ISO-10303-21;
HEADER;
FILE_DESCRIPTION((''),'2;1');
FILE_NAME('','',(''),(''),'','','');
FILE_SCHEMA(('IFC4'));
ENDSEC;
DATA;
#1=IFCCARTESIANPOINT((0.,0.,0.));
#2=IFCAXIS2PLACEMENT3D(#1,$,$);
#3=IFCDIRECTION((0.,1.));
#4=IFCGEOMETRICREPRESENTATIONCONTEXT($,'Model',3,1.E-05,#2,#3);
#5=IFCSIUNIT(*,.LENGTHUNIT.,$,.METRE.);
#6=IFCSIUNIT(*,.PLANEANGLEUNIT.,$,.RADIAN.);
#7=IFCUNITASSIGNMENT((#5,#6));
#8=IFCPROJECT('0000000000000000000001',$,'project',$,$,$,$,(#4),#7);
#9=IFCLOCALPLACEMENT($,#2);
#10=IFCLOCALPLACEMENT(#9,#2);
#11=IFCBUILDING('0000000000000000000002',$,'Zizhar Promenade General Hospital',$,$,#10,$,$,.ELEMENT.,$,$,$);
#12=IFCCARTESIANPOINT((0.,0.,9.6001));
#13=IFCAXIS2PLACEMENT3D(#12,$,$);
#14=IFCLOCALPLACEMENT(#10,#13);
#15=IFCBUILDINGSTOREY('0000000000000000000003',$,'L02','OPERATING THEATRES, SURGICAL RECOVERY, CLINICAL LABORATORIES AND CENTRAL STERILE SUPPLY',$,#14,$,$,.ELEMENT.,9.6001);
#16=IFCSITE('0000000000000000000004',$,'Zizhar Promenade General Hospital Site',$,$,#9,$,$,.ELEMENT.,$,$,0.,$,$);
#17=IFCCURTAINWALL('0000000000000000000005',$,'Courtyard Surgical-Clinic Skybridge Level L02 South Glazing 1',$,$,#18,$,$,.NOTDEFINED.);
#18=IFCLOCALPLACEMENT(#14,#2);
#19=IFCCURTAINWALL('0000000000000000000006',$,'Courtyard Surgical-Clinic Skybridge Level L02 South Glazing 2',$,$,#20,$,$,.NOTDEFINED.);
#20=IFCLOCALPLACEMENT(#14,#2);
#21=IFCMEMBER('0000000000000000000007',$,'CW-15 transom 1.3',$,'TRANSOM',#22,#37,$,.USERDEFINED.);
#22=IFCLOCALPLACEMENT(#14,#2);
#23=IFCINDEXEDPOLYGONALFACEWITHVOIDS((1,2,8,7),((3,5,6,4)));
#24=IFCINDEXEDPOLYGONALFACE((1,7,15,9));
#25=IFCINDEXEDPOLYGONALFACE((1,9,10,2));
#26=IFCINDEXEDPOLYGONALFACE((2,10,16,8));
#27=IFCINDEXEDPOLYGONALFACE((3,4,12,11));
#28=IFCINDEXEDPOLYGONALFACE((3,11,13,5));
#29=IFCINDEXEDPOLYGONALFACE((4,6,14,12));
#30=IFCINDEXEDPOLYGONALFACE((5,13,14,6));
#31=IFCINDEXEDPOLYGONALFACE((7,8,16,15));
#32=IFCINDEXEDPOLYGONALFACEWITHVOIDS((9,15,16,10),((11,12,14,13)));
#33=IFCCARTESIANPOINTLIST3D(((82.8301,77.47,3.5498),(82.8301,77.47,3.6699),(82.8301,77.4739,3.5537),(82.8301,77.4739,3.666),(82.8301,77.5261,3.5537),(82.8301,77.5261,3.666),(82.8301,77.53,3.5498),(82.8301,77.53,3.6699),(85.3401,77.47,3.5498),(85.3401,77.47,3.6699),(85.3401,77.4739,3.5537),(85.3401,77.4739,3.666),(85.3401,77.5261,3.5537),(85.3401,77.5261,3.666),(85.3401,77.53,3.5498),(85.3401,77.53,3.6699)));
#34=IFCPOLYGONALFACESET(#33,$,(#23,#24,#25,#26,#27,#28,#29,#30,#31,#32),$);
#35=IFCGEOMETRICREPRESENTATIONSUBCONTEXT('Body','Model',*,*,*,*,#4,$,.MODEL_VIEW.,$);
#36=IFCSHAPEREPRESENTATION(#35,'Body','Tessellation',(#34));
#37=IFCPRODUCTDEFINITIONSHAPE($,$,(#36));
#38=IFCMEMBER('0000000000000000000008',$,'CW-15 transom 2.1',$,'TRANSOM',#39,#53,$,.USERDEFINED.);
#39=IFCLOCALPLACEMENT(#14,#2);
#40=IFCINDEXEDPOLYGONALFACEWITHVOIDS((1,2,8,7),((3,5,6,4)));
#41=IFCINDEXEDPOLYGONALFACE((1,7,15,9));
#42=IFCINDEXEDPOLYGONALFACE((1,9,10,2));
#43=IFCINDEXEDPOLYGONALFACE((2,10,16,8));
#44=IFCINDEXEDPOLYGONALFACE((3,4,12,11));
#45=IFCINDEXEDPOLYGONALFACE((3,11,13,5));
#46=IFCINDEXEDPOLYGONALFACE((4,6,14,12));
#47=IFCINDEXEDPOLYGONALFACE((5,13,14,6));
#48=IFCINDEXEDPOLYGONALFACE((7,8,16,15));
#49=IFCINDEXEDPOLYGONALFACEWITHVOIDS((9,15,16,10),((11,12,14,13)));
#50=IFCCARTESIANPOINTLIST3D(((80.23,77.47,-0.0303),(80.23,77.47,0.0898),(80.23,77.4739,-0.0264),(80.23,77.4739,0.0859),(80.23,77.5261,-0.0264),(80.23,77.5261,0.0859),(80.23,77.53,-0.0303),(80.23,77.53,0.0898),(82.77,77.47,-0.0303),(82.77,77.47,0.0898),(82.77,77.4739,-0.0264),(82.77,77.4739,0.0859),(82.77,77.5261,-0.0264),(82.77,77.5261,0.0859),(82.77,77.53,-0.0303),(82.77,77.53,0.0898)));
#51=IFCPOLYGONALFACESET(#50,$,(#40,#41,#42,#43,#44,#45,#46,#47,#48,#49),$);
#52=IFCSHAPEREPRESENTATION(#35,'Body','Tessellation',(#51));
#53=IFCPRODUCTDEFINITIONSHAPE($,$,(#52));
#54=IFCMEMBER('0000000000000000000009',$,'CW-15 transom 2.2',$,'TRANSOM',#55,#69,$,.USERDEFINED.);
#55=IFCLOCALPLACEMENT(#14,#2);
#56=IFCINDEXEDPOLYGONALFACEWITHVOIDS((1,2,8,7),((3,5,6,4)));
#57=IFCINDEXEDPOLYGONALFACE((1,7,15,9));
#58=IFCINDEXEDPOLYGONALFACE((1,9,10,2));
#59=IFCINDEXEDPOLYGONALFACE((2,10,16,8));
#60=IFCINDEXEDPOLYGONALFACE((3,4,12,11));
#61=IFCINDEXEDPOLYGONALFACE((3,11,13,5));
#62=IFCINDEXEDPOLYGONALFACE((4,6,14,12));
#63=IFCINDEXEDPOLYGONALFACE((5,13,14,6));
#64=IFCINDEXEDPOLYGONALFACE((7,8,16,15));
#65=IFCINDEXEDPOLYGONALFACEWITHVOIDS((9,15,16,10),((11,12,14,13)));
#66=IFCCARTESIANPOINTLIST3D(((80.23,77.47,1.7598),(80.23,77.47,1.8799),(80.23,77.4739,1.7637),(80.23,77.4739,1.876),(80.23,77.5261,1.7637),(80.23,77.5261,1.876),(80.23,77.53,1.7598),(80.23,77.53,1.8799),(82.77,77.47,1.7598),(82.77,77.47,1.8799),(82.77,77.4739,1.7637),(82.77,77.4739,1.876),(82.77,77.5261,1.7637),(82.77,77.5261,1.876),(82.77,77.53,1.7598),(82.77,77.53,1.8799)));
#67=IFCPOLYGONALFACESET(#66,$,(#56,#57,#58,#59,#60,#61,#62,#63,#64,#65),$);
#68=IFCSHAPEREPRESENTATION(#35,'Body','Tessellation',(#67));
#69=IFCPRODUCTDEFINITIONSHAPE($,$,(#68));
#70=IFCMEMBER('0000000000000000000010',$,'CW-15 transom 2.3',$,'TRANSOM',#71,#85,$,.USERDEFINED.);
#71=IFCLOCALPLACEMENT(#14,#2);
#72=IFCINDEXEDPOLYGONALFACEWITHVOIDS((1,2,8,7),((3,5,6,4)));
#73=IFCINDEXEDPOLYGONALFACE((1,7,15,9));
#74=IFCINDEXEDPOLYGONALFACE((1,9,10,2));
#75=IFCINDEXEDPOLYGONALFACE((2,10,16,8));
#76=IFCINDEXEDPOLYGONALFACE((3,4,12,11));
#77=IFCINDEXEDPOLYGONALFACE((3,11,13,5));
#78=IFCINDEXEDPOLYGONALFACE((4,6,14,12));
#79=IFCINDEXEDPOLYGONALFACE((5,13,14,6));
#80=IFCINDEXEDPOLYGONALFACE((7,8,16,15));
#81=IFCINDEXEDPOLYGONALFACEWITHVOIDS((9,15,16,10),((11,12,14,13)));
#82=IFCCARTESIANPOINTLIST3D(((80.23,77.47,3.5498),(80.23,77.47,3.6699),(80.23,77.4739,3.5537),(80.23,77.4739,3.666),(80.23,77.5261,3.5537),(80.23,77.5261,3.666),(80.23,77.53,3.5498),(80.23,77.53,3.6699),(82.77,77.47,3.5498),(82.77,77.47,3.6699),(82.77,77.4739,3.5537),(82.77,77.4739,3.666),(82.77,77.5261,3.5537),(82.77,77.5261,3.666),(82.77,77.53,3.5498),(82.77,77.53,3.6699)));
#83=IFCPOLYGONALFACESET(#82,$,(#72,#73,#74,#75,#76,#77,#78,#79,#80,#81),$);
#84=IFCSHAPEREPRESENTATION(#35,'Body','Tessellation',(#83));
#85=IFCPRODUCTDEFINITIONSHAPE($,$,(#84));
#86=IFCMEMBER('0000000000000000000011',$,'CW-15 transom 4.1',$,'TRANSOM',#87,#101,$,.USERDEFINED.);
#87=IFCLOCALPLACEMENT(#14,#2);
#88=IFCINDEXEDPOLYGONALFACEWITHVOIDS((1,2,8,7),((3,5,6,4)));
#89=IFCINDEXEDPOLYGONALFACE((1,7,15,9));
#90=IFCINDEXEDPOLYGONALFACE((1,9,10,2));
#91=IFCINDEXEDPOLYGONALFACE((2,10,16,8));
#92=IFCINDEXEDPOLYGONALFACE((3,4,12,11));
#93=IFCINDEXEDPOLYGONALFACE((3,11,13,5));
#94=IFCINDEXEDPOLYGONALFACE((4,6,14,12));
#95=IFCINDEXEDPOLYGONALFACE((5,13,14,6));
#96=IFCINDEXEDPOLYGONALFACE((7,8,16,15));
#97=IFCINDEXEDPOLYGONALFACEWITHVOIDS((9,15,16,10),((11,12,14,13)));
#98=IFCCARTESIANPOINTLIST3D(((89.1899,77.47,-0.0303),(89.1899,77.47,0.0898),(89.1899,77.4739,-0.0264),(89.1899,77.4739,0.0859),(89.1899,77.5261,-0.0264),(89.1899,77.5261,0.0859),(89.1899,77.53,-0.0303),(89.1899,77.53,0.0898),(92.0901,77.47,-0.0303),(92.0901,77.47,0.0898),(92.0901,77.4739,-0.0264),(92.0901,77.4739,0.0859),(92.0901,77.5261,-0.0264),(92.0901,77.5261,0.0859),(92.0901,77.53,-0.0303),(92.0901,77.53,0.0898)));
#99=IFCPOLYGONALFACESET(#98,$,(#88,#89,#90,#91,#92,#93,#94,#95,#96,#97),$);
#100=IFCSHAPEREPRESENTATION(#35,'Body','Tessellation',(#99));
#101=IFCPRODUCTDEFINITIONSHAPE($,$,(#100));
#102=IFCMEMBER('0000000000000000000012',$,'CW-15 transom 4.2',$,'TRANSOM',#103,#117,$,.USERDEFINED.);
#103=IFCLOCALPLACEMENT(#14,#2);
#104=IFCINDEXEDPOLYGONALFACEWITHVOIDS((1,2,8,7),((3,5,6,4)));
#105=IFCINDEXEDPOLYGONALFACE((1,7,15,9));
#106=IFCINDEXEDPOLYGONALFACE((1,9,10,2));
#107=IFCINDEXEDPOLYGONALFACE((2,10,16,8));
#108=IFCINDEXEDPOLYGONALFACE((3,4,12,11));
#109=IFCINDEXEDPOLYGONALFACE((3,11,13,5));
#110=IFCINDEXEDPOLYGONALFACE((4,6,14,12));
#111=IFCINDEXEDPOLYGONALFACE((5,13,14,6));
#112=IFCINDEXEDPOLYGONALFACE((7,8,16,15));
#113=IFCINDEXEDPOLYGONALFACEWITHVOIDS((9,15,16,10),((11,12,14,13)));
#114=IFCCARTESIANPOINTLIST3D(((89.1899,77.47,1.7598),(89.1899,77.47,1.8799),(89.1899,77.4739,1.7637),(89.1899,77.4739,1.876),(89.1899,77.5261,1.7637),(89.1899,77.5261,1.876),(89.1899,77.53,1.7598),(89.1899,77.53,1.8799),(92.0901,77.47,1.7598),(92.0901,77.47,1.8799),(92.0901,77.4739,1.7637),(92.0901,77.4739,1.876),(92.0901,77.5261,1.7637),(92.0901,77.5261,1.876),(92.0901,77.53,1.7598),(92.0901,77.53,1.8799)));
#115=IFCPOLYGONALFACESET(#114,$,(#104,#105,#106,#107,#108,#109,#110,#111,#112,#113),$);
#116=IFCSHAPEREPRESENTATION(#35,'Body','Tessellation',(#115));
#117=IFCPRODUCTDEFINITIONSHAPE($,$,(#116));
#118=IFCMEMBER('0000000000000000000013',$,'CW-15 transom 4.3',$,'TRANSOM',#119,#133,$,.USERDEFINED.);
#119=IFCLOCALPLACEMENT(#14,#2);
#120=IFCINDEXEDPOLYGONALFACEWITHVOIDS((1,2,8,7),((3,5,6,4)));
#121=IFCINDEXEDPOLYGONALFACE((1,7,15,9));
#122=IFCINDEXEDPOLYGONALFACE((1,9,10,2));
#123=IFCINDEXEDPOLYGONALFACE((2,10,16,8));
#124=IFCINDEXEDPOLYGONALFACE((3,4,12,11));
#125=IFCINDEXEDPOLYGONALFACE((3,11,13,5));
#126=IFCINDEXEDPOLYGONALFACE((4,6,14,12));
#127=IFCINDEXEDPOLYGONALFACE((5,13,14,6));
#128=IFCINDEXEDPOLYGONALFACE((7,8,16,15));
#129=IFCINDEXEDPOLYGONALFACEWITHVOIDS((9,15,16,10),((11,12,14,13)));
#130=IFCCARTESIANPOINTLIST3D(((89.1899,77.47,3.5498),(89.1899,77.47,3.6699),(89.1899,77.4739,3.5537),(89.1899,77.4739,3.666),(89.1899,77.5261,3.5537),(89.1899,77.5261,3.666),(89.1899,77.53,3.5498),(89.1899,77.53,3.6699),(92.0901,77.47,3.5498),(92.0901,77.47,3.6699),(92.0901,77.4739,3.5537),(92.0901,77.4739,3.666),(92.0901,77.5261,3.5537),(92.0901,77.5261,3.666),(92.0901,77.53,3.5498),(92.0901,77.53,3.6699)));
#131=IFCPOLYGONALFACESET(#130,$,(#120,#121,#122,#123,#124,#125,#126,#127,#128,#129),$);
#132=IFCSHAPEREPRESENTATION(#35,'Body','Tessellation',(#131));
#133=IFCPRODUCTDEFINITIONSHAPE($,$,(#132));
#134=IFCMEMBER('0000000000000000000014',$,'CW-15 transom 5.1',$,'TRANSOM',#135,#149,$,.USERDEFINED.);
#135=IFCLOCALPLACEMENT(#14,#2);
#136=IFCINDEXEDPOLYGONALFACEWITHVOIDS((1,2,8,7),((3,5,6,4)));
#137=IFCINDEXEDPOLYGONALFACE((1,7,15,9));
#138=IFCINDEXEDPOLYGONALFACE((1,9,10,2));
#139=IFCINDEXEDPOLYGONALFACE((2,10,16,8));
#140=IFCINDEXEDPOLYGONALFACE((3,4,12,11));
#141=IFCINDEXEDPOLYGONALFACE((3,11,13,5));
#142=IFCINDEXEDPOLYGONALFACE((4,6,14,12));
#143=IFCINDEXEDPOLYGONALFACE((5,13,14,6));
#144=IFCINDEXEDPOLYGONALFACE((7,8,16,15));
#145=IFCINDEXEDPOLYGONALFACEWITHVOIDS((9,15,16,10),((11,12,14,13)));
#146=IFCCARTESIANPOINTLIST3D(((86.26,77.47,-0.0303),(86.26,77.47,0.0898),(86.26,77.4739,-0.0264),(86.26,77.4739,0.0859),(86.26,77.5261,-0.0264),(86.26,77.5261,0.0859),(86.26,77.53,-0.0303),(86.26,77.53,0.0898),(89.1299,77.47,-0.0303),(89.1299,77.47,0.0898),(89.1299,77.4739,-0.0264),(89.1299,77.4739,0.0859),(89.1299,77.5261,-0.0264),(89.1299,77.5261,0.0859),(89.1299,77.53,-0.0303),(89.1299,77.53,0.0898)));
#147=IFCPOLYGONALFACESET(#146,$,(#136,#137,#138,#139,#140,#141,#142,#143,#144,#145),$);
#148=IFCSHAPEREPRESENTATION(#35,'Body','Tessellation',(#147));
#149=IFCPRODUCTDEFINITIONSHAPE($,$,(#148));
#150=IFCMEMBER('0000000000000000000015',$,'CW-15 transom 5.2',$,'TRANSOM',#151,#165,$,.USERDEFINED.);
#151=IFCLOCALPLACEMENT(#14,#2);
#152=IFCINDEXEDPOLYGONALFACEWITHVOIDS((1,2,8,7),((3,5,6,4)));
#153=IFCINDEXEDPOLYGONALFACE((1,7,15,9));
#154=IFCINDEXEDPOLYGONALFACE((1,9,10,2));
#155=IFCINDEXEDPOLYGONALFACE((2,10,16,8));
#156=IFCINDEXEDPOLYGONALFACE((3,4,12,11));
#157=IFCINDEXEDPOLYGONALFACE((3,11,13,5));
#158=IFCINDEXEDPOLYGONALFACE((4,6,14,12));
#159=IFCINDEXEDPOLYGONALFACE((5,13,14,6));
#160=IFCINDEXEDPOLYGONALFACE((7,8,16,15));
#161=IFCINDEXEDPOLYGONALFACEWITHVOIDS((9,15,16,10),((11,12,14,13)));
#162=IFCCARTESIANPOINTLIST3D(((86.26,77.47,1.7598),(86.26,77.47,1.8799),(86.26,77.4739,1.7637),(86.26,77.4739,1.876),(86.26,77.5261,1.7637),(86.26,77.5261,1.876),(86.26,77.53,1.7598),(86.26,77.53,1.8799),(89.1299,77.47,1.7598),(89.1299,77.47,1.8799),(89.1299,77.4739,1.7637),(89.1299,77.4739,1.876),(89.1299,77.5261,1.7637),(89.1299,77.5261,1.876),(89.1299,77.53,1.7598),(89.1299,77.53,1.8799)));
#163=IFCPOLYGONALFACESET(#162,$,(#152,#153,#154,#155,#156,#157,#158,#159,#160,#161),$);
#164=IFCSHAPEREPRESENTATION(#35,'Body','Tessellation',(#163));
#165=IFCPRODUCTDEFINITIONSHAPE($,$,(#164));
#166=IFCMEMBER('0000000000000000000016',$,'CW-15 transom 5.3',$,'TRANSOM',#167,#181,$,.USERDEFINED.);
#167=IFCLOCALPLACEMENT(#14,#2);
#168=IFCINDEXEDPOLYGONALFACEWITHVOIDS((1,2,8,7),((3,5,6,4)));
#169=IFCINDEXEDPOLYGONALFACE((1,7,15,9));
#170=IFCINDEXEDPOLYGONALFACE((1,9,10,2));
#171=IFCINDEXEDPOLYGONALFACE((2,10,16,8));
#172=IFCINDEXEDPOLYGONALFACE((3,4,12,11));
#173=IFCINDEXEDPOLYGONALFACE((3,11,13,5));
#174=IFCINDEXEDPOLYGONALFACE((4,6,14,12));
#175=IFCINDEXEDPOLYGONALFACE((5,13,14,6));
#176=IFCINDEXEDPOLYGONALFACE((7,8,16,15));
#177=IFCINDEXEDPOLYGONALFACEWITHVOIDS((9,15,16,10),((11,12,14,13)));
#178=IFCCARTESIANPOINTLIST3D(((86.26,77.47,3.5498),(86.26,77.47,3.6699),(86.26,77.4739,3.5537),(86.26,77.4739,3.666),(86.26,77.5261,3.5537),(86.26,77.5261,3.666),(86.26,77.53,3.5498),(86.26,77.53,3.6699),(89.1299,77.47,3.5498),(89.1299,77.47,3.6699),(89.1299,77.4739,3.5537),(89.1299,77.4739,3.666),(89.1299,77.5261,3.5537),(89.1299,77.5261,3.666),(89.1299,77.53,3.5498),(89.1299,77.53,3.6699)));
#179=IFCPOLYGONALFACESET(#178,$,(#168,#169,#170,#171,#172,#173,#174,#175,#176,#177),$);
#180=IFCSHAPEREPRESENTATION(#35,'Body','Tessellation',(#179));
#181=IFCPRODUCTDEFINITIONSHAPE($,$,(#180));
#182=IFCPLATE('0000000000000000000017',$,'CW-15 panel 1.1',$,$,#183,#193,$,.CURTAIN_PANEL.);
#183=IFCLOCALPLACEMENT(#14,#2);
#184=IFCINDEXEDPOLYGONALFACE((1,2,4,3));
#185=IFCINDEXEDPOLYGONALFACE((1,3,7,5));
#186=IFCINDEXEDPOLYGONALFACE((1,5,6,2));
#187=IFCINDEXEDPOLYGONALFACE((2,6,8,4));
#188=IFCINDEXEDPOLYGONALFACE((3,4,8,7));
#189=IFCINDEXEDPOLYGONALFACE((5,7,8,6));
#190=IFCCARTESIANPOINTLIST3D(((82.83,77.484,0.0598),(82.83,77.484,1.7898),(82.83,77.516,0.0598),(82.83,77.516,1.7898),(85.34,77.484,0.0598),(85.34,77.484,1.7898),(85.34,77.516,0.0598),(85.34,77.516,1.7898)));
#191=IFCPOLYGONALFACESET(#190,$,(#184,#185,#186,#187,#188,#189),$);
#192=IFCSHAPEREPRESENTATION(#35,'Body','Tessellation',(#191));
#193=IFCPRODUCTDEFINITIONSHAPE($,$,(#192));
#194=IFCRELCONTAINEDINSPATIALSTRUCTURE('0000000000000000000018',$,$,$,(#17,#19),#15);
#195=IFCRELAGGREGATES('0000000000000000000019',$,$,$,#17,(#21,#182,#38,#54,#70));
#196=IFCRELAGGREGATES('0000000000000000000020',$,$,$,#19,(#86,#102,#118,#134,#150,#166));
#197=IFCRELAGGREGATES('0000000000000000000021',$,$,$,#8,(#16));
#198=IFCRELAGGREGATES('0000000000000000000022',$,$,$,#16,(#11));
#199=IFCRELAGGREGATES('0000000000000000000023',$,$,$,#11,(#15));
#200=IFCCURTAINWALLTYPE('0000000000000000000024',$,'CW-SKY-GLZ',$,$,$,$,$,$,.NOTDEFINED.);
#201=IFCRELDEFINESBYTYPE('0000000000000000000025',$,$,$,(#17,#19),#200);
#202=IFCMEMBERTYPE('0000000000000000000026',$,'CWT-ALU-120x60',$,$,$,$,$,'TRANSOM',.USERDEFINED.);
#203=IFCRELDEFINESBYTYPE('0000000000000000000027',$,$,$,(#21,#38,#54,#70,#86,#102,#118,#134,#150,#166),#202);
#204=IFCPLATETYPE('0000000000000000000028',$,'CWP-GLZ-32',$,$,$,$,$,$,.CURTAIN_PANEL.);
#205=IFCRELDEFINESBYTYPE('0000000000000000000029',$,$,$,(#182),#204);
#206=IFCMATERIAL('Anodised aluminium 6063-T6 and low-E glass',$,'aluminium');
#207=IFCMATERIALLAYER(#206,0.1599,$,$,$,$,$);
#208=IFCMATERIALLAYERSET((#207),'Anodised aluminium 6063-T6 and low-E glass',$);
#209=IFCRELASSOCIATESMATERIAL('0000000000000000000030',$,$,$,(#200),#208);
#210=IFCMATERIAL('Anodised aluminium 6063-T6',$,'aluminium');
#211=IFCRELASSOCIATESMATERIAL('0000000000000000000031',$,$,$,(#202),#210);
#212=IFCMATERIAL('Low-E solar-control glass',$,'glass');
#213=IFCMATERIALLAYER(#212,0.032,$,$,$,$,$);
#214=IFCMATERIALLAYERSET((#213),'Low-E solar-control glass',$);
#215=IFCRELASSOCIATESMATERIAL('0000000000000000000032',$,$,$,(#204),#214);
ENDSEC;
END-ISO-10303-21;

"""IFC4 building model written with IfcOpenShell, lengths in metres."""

from ifc_helpers import new_model, si_unit, direction, frame, origin, origin_2d, place, context, subcontext, project, spatial, rectangle, hollow_rectangle, extrude, material, layer, layer_set, material_profile, profile_set, type_object, element, aggregate, save


model = new_model("IFC4")

# Units and contexts
model_context = context("Model", 3, precision=1e-05, world=origin(), true_north=direction((0.0, 1.0)))
body_context = subcontext(model_context, "Body", "Model", "MODEL_VIEW")
ifc_project = project(units=[si_unit("LENGTHUNIT", "METRE"), si_unit("PLANEANGLEUNIT", "RADIAN")], contexts=[model_context])

# Site, building, storey
site_placement = place(None, origin())
site = spatial("IfcSite", under=ifc_project, at=site_placement, Name="Zizhar Promenade General Hospital Site", CompositionType="ELEMENT", RefElevation=0.0)
building_placement = place(site_placement, origin())
building = spatial("IfcBuilding", under=site, at=building_placement, Name="Zizhar Promenade General Hospital", CompositionType="ELEMENT")
storey_placement = place(building_placement, frame((0.0, 0.0, 9.6001)))
storey = spatial("IfcBuildingStorey", under=building, at=storey_placement, Name="L02", Description="OPERATING THEATRES, SURGICAL RECOVERY, CLINICAL LABORATORIES AND CENTRAL STERILE SUPPLY", CompositionType="ELEMENT", Elevation=9.6001)

# Curtain walls
ifc_material_1 = material(Name="Anodised aluminium 6063-T6 and low-E glass", Category="aluminium")
ifc_layer_1 = layer(ifc_material_1, 0.1599)
ifc_layer_set_1 = layer_set([ifc_layer_1], Name="Anodised aluminium 6063-T6 and low-E glass")
curtain_wall_type = type_object("IfcCurtainWallType", Name="CW-SKY-GLZ", PredefinedType="NOTDEFINED", material=ifc_layer_set_1)
curtain_wall_1_placement = place(storey_placement, origin())
curtain_wall_1 = element("IfcCurtainWall", 1, at=curtain_wall_1_placement, inside=storey, type_object=curtain_wall_type, Name="Courtyard Surgical-Clinic Skybridge Level L02 South Glazing 1", PredefinedType="NOTDEFINED")
curtain_wall_2_placement = place(storey_placement, origin())
curtain_wall_2 = element("IfcCurtainWall", 2, at=curtain_wall_2_placement, inside=storey, type_object=curtain_wall_type, Name="Courtyard Surgical-Clinic Skybridge Level L02 South Glazing 2", PredefinedType="NOTDEFINED")

# Members
ifc_material_2 = material(Name="Anodised aluminium 6063-T6", Category="aluminium")
ifc_material_profile_1 = material_profile(ifc_material_2, hollow_rectangle(XDim=0.0601, YDim=0.1201, WallThickness=0.0039, at=origin_2d()))
ifc_profile_set_1 = profile_set([ifc_material_profile_1], Name="Anodised aluminium 6063-T6")
member_type_1 = type_object("IfcMemberType", Name="CWT-ALU-120x60", ElementType="TRANSOM", PredefinedType="USERDEFINED", material=ifc_profile_set_1)
member_1_placement = place(storey_placement, frame((85.3401, 77.5, 3.6099), z_axis=(-1.0, 0.0, 0.0), x_axis=(0.0, -1.0, 0.0)))
member_1 = element("IfcMember", 3, at=member_1_placement, type_object=member_type_1, Name="CW-15 transom 1.3", ObjectType="TRANSOM", PredefinedType="USERDEFINED", context=body_context, shape_type="SweptSolid", body=[
    extrude(hollow_rectangle(XDim=0.0601, YDim=0.1201, WallThickness=0.0039, at=origin_2d()), origin(), (0.0, 0.0, 1.0), 2.51),
])
member_2_placement = place(storey_placement, frame((82.77, 77.5, 0.0298), z_axis=(-1.0, 0.0, 0.0), x_axis=(0.0, -1.0, 0.0)))
member_2 = element("IfcMember", 4, at=member_2_placement, type_object=member_type_1, Name="CW-15 transom 2.1", ObjectType="TRANSOM", PredefinedType="USERDEFINED", context=body_context, shape_type="SweptSolid", body=[
    extrude(hollow_rectangle(XDim=0.0601, YDim=0.1201, WallThickness=0.0039, at=origin_2d()), origin(), (0.0, 0.0, 1.0), 2.54),
])
member_3_placement = place(storey_placement, frame((82.77, 77.5, 1.8198), z_axis=(-1.0, 0.0, 0.0), x_axis=(0.0, -1.0, 0.0)))
member_3 = element("IfcMember", 5, at=member_3_placement, type_object=member_type_1, Name="CW-15 transom 2.2", ObjectType="TRANSOM", PredefinedType="USERDEFINED", context=body_context, shape_type="SweptSolid", body=[
    extrude(hollow_rectangle(XDim=0.0601, YDim=0.1201, WallThickness=0.0039, at=origin_2d()), origin(), (0.0, 0.0, 1.0), 2.54),
])
member_4_placement = place(storey_placement, frame((82.77, 77.5, 3.6099), z_axis=(-1.0, 0.0, 0.0), x_axis=(0.0, -1.0, 0.0)))
member_4 = element("IfcMember", 6, at=member_4_placement, type_object=member_type_1, Name="CW-15 transom 2.3", ObjectType="TRANSOM", PredefinedType="USERDEFINED", context=body_context, shape_type="SweptSolid", body=[
    extrude(hollow_rectangle(XDim=0.0601, YDim=0.1201, WallThickness=0.0039, at=origin_2d()), origin(), (0.0, 0.0, 1.0), 2.54),
])
member_5_placement = place(storey_placement, frame((92.0901, 77.5, 0.0298), z_axis=(-1.0, 0.0, 0.0), x_axis=(0.0, -1.0, 0.0)))
member_5 = element("IfcMember", 7, at=member_5_placement, type_object=member_type_1, Name="CW-15 transom 4.1", ObjectType="TRANSOM", PredefinedType="USERDEFINED", context=body_context, shape_type="SweptSolid", body=[
    extrude(hollow_rectangle(XDim=0.0601, YDim=0.1201, WallThickness=0.0039, at=origin_2d()), origin(), (0.0, 0.0, 1.0), 2.9001),
])
member_6_placement = place(storey_placement, frame((92.0901, 77.5, 1.8198), z_axis=(-1.0, 0.0, 0.0), x_axis=(0.0, -1.0, 0.0)))
member_6 = element("IfcMember", 8, at=member_6_placement, type_object=member_type_1, Name="CW-15 transom 4.2", ObjectType="TRANSOM", PredefinedType="USERDEFINED", context=body_context, shape_type="SweptSolid", body=[
    extrude(hollow_rectangle(XDim=0.0601, YDim=0.1201, WallThickness=0.0039, at=origin_2d()), origin(), (0.0, 0.0, 1.0), 2.9001),
])
member_7_placement = place(storey_placement, frame((92.0901, 77.5, 3.6099), z_axis=(-1.0, 0.0, 0.0), x_axis=(0.0, -1.0, 0.0)))
member_7 = element("IfcMember", 9, at=member_7_placement, type_object=member_type_1, Name="CW-15 transom 4.3", ObjectType="TRANSOM", PredefinedType="USERDEFINED", context=body_context, shape_type="SweptSolid", body=[
    extrude(hollow_rectangle(XDim=0.0601, YDim=0.1201, WallThickness=0.0039, at=origin_2d()), origin(), (0.0, 0.0, 1.0), 2.9001),
])
member_8_placement = place(storey_placement, frame((89.1299, 77.5, 0.0298), z_axis=(-1.0, 0.0, 0.0), x_axis=(0.0, -1.0, 0.0)))
member_8 = element("IfcMember", 10, at=member_8_placement, type_object=member_type_1, Name="CW-15 transom 5.1", ObjectType="TRANSOM", PredefinedType="USERDEFINED", context=body_context, shape_type="SweptSolid", body=[
    extrude(hollow_rectangle(XDim=0.0601, YDim=0.1201, WallThickness=0.0039, at=origin_2d()), origin(), (0.0, 0.0, 1.0), 2.8699),
])
member_9_placement = place(storey_placement, frame((89.1299, 77.5, 1.8198), z_axis=(-1.0, 0.0, 0.0), x_axis=(0.0, -1.0, 0.0)))
member_9 = element("IfcMember", 11, at=member_9_placement, type_object=member_type_1, Name="CW-15 transom 5.2", ObjectType="TRANSOM", PredefinedType="USERDEFINED", context=body_context, shape_type="SweptSolid", body=[
    extrude(hollow_rectangle(XDim=0.0601, YDim=0.1201, WallThickness=0.0039, at=origin_2d()), origin(), (0.0, 0.0, 1.0), 2.8699),
])
member_10_placement = place(storey_placement, frame((89.1299, 77.5, 3.6099), z_axis=(-1.0, 0.0, 0.0), x_axis=(0.0, -1.0, 0.0)))
member_10 = element("IfcMember", 12, at=member_10_placement, type_object=member_type_1, Name="CW-15 transom 5.3", ObjectType="TRANSOM", PredefinedType="USERDEFINED", context=body_context, shape_type="SweptSolid", body=[
    extrude(hollow_rectangle(XDim=0.0601, YDim=0.1201, WallThickness=0.0039, at=origin_2d()), origin(), (0.0, 0.0, 1.0), 2.8699),
])

# Plate
ifc_material_3 = material(Name="Low-E solar-control glass", Category="glass")
ifc_layer_2 = layer(ifc_material_3, 0.032)
ifc_layer_set_2 = layer_set([ifc_layer_2], Name="Low-E solar-control glass")
plate_type = type_object("IfcPlateType", Name="CWP-GLZ-32", PredefinedType="CURTAIN_PANEL", material=ifc_layer_set_2)
plate_1_placement = place(storey_placement, frame((84.085, 77.5, 0.0598), z_axis=(0.0, 0.0, 1.0), x_axis=(-1.0, 0.0, 0.0)))
plate_1 = element("IfcPlate", 13, at=plate_1_placement, type_object=plate_type, Name="CW-15 panel 1.1", PredefinedType="CURTAIN_PANEL", context=body_context, shape_type="SweptSolid", body=[
    extrude(rectangle(XDim=2.51, YDim=0.032, at=origin_2d()), origin(), (0.0, 0.0, 1.0), 1.73),
])
aggregate(curtain_wall_1, [member_1, plate_1, member_2, member_3, member_4])
aggregate(curtain_wall_2, [member_5, member_6, member_7, member_8, member_9, member_10])

save(model, "model.ifc")
